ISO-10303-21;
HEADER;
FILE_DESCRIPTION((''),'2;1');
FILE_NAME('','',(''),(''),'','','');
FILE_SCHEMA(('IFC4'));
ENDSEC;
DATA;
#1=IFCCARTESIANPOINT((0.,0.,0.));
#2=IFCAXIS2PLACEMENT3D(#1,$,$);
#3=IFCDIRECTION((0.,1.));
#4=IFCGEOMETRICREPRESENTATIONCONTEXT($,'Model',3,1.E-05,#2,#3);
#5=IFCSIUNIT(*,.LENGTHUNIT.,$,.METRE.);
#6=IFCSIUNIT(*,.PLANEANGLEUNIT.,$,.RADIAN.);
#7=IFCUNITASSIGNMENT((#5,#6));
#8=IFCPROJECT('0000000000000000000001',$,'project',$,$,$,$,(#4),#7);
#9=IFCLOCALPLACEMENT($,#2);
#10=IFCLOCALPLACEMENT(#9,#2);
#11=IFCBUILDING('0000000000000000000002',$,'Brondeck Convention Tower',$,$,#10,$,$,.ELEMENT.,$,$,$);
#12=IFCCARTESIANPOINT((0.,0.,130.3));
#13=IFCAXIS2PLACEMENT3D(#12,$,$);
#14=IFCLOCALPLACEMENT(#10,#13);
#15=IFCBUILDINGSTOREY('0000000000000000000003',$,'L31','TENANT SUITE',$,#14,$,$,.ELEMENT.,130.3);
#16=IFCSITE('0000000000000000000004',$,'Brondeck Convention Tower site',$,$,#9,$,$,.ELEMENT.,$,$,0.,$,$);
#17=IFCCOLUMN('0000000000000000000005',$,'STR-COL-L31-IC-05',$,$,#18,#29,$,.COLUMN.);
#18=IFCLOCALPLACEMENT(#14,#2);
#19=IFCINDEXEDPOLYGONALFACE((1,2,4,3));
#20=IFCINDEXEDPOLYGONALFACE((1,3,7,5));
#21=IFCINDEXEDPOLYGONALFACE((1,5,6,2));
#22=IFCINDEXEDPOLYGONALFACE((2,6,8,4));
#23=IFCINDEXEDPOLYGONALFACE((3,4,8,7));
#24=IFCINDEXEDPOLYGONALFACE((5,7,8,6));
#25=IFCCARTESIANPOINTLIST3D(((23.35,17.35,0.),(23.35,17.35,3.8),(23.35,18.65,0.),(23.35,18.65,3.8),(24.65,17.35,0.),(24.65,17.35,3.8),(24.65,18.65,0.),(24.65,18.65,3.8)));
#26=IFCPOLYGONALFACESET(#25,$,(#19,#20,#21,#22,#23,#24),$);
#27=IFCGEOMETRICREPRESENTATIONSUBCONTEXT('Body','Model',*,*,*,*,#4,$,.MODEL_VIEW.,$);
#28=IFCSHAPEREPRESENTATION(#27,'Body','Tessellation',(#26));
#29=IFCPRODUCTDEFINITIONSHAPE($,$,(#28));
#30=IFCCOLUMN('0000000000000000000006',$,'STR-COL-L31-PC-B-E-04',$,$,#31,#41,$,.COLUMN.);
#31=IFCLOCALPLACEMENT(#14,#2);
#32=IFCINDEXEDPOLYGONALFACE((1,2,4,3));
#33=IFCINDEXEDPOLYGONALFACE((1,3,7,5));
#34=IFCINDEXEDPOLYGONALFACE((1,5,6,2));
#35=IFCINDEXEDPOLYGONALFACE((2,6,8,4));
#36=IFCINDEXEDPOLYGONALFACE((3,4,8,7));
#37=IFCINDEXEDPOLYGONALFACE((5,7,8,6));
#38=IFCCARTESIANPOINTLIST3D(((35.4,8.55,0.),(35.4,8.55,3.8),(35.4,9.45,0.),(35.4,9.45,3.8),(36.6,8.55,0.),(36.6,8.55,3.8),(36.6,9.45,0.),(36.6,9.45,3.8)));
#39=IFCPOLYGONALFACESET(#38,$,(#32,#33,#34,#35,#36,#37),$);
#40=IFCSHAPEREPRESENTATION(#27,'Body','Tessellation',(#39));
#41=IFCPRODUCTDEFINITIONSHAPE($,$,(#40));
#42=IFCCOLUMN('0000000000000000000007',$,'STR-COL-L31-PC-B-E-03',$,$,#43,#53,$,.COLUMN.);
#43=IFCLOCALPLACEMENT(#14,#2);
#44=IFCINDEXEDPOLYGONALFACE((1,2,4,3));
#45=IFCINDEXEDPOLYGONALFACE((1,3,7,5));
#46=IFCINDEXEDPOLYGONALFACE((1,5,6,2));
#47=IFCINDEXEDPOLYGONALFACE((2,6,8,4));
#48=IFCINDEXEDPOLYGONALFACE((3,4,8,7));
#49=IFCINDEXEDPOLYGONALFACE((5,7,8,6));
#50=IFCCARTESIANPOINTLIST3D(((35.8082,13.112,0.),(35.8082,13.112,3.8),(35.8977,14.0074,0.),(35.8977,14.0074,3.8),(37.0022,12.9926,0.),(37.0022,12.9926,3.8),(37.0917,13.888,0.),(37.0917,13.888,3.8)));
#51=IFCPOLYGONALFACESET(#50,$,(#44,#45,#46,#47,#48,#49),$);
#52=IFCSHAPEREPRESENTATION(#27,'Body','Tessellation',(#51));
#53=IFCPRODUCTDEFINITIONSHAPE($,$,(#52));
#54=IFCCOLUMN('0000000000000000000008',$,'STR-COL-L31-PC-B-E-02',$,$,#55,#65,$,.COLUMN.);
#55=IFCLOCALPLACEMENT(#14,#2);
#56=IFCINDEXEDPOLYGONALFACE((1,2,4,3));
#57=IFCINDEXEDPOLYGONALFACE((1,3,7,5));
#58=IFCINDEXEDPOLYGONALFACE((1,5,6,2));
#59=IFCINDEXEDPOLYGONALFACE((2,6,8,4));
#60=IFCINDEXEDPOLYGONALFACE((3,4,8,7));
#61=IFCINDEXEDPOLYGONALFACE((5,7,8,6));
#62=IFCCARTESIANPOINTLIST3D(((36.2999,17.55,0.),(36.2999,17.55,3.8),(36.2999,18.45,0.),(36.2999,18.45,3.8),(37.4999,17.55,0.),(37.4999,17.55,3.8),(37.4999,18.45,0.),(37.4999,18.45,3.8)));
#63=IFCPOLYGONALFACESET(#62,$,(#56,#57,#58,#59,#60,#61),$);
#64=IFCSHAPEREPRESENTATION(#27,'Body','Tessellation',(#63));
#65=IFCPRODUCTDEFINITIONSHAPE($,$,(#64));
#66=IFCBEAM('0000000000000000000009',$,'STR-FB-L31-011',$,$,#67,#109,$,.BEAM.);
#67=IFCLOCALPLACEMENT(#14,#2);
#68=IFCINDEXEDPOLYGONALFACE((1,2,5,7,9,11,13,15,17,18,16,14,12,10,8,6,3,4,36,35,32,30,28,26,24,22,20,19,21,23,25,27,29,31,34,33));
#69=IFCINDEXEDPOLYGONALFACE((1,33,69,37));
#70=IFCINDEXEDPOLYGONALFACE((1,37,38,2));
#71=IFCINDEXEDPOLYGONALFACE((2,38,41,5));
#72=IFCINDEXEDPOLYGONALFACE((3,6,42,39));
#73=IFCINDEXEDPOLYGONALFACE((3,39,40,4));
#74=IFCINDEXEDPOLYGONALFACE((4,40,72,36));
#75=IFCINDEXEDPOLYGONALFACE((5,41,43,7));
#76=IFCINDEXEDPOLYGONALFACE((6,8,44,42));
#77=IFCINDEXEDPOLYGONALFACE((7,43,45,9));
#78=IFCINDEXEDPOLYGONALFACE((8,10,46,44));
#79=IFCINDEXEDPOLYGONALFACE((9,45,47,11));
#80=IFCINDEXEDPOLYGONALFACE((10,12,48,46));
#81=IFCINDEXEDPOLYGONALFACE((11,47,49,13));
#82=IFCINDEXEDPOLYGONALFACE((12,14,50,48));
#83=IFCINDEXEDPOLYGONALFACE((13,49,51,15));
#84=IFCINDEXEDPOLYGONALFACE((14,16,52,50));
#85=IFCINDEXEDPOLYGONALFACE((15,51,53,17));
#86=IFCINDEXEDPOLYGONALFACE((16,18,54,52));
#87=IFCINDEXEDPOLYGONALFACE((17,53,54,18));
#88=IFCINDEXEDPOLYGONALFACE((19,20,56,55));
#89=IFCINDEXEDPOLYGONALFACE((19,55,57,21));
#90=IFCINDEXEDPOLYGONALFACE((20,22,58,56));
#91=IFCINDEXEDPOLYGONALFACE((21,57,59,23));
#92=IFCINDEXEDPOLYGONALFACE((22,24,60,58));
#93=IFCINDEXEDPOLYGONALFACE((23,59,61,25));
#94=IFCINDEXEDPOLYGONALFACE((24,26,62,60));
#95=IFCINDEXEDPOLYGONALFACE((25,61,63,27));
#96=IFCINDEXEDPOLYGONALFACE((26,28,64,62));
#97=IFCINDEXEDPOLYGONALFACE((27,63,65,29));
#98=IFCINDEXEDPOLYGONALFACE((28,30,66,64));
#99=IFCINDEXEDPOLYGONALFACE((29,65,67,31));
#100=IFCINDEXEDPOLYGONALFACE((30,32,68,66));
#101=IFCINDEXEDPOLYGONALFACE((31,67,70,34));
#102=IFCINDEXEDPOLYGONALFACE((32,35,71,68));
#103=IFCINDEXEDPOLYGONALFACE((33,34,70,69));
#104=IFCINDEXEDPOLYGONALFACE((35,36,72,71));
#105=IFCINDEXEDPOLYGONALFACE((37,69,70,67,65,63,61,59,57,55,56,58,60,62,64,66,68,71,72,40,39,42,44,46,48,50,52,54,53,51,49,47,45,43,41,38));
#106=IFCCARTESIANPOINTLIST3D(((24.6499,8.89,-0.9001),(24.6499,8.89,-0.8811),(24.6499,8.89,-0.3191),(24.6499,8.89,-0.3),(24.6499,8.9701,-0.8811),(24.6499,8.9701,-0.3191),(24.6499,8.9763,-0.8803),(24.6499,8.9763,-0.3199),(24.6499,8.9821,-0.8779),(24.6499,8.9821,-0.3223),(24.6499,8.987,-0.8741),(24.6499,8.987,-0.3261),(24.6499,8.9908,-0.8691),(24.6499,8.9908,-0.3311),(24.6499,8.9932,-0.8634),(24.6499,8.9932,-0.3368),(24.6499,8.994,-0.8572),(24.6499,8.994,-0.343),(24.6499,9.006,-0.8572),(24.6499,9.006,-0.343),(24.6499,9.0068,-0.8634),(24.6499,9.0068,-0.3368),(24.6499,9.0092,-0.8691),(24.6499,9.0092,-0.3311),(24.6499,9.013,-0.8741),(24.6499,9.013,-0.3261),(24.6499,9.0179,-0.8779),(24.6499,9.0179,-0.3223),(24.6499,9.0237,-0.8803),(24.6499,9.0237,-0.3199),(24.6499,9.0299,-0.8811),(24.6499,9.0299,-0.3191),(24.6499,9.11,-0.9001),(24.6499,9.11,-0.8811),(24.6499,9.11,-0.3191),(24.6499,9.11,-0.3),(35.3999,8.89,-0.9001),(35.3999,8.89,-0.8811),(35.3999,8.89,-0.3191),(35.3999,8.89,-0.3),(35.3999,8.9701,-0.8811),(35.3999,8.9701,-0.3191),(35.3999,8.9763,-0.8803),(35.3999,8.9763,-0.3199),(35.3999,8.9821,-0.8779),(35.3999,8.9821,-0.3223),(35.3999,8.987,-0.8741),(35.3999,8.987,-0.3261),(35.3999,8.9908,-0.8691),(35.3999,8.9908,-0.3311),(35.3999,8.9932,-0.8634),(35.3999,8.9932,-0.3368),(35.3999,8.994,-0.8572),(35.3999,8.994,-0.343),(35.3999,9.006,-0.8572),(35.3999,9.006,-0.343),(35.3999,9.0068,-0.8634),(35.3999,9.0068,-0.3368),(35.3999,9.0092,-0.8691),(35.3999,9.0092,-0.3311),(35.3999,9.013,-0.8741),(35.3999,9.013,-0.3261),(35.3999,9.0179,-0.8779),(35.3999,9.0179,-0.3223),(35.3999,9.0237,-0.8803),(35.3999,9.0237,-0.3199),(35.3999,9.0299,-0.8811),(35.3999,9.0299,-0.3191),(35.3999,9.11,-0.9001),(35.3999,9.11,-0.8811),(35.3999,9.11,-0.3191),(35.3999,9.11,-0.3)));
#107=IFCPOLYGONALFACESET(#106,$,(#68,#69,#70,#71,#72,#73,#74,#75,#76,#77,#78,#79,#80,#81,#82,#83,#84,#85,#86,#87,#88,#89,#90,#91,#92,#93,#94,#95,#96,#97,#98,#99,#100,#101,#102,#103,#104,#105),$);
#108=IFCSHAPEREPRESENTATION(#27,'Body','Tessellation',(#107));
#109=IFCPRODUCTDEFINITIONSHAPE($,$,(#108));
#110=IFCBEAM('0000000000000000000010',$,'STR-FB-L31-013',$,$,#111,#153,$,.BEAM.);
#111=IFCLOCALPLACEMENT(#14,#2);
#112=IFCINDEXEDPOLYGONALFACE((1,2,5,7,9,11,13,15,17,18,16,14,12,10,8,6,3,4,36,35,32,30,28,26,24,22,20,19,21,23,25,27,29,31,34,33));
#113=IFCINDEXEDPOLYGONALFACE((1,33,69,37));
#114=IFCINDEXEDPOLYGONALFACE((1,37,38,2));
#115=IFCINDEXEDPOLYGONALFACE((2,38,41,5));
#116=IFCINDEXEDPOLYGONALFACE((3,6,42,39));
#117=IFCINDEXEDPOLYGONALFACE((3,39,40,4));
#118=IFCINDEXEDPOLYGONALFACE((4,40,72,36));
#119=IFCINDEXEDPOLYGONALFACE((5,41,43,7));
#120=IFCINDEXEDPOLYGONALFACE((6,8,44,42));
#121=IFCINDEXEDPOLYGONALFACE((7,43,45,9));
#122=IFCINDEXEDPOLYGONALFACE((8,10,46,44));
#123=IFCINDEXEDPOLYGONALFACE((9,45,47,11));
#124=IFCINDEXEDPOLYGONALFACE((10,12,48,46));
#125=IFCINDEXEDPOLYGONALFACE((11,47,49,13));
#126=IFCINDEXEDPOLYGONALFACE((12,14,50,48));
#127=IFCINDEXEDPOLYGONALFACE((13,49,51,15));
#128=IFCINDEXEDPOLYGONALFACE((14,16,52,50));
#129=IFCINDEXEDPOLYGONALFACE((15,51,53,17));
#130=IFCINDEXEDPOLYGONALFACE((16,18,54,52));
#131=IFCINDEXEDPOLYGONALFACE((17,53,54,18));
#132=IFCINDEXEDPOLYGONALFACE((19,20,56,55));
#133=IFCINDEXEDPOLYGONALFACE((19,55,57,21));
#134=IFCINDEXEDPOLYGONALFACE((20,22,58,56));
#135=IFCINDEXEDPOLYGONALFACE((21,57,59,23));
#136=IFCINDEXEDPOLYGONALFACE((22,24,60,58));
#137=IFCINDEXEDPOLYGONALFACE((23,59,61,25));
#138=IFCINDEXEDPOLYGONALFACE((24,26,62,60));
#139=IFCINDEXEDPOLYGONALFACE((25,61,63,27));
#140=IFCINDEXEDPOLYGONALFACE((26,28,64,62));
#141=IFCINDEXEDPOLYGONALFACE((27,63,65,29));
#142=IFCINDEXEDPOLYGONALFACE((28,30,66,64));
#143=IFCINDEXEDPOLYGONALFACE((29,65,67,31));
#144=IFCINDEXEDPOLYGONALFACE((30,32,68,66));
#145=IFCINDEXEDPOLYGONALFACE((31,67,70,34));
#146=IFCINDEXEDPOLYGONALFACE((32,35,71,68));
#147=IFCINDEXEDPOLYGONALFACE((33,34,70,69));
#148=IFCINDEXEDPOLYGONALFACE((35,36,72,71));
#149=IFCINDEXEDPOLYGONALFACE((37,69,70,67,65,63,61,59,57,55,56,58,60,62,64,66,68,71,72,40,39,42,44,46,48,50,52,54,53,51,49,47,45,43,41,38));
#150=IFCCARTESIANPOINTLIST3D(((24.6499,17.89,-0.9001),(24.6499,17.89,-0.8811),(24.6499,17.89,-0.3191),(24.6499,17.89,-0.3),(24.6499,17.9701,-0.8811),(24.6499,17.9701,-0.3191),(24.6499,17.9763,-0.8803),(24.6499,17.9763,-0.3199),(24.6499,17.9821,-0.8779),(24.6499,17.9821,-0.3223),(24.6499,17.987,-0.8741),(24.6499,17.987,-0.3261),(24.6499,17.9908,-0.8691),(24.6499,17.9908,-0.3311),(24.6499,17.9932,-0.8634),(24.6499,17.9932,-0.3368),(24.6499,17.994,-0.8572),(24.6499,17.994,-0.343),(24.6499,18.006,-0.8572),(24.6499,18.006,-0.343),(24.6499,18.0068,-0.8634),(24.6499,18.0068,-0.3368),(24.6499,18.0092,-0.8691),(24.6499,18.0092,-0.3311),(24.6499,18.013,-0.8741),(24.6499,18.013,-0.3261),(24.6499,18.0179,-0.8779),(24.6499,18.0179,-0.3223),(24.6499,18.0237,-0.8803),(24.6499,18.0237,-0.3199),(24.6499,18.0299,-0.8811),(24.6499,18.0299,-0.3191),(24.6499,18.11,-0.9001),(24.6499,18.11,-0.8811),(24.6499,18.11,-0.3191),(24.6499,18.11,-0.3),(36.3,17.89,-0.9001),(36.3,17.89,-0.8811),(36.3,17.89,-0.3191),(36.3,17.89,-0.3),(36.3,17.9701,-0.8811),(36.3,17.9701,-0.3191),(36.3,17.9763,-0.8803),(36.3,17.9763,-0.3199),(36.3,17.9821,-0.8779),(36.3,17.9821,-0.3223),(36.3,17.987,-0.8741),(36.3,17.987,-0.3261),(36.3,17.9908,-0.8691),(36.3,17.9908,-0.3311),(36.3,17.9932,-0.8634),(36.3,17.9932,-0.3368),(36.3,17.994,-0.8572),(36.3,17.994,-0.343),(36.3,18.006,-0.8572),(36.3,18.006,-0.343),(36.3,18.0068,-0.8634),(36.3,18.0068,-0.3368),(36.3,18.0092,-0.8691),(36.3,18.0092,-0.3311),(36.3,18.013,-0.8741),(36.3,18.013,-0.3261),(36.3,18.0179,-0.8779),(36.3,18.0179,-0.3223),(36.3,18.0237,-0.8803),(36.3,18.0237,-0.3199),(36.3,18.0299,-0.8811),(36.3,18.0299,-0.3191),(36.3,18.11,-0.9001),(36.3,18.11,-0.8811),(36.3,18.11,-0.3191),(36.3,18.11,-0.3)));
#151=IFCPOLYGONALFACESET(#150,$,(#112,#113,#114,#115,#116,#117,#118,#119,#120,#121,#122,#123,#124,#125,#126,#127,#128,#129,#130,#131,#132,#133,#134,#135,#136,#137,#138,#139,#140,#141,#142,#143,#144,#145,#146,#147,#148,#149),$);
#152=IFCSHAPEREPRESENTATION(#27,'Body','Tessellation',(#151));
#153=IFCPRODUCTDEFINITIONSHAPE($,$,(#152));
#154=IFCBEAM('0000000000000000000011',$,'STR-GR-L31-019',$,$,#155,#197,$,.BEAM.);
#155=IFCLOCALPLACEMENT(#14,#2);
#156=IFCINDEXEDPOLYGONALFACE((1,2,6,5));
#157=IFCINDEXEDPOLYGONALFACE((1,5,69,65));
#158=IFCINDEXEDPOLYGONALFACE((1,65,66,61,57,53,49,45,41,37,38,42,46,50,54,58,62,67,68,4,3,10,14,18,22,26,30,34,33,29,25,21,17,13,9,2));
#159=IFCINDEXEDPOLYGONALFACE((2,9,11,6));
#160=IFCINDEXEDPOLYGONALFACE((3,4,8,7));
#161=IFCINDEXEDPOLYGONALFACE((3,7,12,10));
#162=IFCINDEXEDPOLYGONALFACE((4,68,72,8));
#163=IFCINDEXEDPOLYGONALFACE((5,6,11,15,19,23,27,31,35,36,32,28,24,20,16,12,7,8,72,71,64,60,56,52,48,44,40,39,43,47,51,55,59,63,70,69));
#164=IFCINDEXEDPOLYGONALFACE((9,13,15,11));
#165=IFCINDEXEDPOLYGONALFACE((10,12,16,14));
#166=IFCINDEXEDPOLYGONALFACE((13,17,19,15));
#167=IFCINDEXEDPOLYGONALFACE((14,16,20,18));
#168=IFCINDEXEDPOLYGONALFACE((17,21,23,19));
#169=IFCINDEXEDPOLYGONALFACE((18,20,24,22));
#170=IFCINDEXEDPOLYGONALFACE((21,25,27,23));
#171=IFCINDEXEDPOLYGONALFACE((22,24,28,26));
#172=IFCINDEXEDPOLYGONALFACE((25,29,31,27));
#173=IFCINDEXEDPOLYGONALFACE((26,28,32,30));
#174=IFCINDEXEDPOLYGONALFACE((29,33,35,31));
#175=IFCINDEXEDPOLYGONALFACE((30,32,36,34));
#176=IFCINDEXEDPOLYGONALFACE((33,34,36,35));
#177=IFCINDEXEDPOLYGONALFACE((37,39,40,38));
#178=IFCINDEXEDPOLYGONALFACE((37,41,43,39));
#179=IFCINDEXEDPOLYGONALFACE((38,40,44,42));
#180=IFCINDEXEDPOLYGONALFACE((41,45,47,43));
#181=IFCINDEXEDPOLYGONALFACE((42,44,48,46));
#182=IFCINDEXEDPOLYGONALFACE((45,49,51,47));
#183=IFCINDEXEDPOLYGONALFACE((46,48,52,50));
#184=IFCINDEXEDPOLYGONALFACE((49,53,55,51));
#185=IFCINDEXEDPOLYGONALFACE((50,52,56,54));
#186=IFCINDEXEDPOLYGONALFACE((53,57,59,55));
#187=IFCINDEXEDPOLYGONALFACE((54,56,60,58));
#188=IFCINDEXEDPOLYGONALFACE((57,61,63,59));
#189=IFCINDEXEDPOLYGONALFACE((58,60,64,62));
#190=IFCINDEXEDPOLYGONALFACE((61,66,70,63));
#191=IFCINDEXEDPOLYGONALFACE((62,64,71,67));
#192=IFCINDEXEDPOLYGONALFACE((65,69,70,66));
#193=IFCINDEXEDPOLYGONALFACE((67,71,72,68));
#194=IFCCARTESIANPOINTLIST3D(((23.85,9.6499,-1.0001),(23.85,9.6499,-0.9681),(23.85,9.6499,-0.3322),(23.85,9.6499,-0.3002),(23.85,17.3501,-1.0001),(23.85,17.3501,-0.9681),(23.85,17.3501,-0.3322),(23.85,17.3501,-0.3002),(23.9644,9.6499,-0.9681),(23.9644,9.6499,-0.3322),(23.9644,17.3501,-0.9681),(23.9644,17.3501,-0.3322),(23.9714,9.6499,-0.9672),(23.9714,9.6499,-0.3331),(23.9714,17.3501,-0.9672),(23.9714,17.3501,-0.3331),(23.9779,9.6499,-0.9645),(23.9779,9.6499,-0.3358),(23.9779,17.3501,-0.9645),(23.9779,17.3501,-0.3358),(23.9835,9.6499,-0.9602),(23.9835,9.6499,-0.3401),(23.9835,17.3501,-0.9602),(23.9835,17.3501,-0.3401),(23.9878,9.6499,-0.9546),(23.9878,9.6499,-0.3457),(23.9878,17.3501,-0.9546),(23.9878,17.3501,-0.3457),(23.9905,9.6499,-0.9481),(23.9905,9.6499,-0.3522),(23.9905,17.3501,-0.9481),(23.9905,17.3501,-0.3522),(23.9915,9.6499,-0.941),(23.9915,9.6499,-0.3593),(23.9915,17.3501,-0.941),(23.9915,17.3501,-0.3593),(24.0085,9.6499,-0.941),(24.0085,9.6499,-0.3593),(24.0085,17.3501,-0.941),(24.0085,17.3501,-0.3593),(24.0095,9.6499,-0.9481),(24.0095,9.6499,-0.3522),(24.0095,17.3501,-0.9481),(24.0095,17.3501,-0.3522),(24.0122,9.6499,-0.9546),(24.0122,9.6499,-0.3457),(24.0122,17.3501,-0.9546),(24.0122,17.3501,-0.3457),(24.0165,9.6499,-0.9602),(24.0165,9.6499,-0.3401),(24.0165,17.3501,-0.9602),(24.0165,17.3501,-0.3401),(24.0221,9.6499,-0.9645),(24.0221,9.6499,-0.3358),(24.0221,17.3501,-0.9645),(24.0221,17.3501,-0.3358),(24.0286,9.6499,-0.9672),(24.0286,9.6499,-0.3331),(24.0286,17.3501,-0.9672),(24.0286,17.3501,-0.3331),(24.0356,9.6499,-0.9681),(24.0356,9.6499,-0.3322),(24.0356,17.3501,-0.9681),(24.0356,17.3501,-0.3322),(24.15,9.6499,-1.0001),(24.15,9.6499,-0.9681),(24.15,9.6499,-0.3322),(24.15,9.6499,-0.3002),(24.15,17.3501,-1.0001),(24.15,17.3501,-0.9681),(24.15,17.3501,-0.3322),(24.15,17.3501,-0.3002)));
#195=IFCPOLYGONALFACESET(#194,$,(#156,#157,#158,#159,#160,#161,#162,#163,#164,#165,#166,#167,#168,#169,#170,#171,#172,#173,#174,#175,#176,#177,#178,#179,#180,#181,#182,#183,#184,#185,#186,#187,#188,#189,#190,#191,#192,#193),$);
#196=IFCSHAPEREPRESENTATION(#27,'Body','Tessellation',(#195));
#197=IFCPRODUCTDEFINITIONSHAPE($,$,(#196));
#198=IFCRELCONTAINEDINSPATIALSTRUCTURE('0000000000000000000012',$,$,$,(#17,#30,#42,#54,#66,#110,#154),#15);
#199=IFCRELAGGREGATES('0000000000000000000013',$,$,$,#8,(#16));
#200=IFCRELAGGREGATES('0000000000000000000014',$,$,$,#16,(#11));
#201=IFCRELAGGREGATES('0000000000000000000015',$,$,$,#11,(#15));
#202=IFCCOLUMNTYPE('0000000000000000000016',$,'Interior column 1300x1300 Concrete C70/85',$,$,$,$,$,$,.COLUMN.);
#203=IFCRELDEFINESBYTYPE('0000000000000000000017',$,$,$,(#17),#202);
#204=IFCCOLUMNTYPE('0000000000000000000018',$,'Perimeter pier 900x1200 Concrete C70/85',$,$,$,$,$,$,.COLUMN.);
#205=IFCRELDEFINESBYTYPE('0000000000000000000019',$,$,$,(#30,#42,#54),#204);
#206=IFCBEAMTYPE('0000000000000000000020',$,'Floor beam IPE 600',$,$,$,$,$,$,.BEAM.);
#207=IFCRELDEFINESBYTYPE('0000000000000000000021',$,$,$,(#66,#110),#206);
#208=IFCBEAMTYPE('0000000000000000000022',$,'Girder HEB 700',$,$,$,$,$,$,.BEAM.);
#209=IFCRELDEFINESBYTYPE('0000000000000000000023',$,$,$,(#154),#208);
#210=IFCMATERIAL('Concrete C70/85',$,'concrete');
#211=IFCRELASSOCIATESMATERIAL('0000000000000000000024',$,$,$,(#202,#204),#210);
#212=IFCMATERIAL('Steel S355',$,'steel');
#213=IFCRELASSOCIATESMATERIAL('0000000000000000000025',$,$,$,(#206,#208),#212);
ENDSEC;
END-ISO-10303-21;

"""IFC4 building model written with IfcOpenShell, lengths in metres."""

from ifc_helpers import new_model, si_unit, direction, frame, origin, origin_2d, place, context, subcontext, project, spatial, rectangle, i_section, extrude, material, material_profile, profile_set, type_object, element, save


model = new_model("IFC4")

# Units and contexts
model_context = context("Model", 3, precision=1e-05, world=origin(), true_north=direction((0.0, 1.0)))
body_context = subcontext(model_context, "Body", "Model", "MODEL_VIEW")
ifc_project = project(units=[si_unit("LENGTHUNIT", "METRE"), si_unit("PLANEANGLEUNIT", "RADIAN")], contexts=[model_context])

# Site, building, storey
site_placement = place(None, origin())
site = spatial("IfcSite", under=ifc_project, at=site_placement, Name="Brondeck Convention Tower site", CompositionType="ELEMENT", RefElevation=0.0)
building_placement = place(site_placement, origin())
building = spatial("IfcBuilding", under=site, at=building_placement, Name="Brondeck Convention Tower", CompositionType="ELEMENT")
storey_placement = place(building_placement, frame((0.0, 0.0, 130.3)))
storey = spatial("IfcBuildingStorey", under=building, at=storey_placement, Name="L31", Description="TENANT SUITE", CompositionType="ELEMENT", Elevation=130.3)

# Columns
ifc_material_1 = material(Name="Concrete C70/85", Category="concrete")
ifc_material_profile_1 = material_profile(ifc_material_1, rectangle(XDim=1.3, YDim=1.3, at=origin_2d()), Name="Interior column 1300x1300 Concrete C70/85")
ifc_profile_set_1 = profile_set([ifc_material_profile_1], Name="Concrete C70/85")
column_type_1 = type_object("IfcColumnType", Name="Interior column 1300x1300 Concrete C70/85", PredefinedType="COLUMN", material=ifc_profile_set_1)
column_placement = place(storey_placement, frame((24.0, 18.0, 0.0), z_axis=(0.0, 0.0, 1.0), x_axis=(1.0, 0.0, 0.0)))
element("IfcColumn", 1, at=column_placement, inside=storey, type_object=column_type_1, Name="STR-COL-L31-IC-05", PredefinedType="COLUMN", context=body_context, shape_type="SweptSolid", body=[
    extrude(rectangle(XDim=1.3, YDim=1.3, at=origin_2d()), origin(), (0.0, 0.0, 1.0), 3.8),
])
ifc_material_profile_2 = material_profile(ifc_material_1, rectangle(XDim=0.8999, YDim=1.2, at=origin_2d()), Name="Perimeter pier 900x1200 Concrete C70/85")
ifc_profile_set_2 = profile_set([ifc_material_profile_2], Name="Concrete C70/85")
column_type_2 = type_object("IfcColumnType", Name="Perimeter pier 900x1200 Concrete C70/85", PredefinedType="COLUMN", material=ifc_profile_set_2)
for number, where, z_axis, x_axis, name in (
    (2, (36.0, 9.0, 0.0), (0.0, 0.0, 1.0), (0.0, 1.0, 0.0), "STR-COL-L31-PC-B-E-04"),
    (3, (36.45, 13.5, 0.0), (0.0, 0.0, 1.0), (0.099504, 0.995037, 0.0), "STR-COL-L31-PC-B-E-03"),
    (4, (36.8999, 18.0, 0.0), (0.0, 0.0, 1.0), (0.0, 1.0, 0.0), "STR-COL-L31-PC-B-E-02"),
):
    element("IfcColumn", number, at=place(storey_placement, frame(where, z_axis=z_axis, x_axis=x_axis)), inside=storey, type_object=column_type_2, Name=name, PredefinedType="COLUMN", context=body_context, shape_type="SweptSolid", body=[
        extrude(rectangle(XDim=0.8999, YDim=1.2, at=origin_2d()), origin(), (0.0, 0.0, 1.0), 3.8),
    ])

# Beams
ifc_material_2 = material(Name="Steel S355", Category="steel")
ifc_material_profile_3 = material_profile(ifc_material_2, i_section(OverallWidth=0.22, OverallDepth=0.6001, WebThickness=0.012, FlangeThickness=0.019, FilletRadius=0.0239, at=origin_2d()), Name="IPE 600")
ifc_profile_set_3 = profile_set([ifc_material_profile_3], Name="Steel S355")
beam_type_1 = type_object("IfcBeamType", Name="Floor beam IPE 600", PredefinedType="BEAM", material=ifc_profile_set_3)
beam_1_placement = place(storey_placement, frame((24.6499, 9.0, -0.6001), z_axis=(1.0, 0.0, 0.0), x_axis=(0.0, 1.0, 0.0)))
element("IfcBeam", 5, at=beam_1_placement, inside=storey, type_object=beam_type_1, Name="STR-FB-L31-011", PredefinedType="BEAM", context=body_context, shape_type="SweptSolid", body=[
    extrude(i_section(OverallWidth=0.22, OverallDepth=0.6001, WebThickness=0.012, FlangeThickness=0.019, FilletRadius=0.0239, at=origin_2d()), origin(), (0.0, 0.0, 1.0), 10.75),
])
beam_2_placement = place(storey_placement, frame((24.6499, 18.0, -0.6001), z_axis=(1.0, 0.0, 0.0), x_axis=(0.0, 1.0, 0.0)))
element("IfcBeam", 6, at=beam_2_placement, inside=storey, type_object=beam_type_1, Name="STR-FB-L31-013", PredefinedType="BEAM", context=body_context, shape_type="SweptSolid", body=[
    extrude(i_section(OverallWidth=0.22, OverallDepth=0.6001, WebThickness=0.012, FlangeThickness=0.019, FilletRadius=0.0239, at=origin_2d()), origin(), (0.0, 0.0, 1.0), 11.6501),
])
ifc_material_profile_4 = material_profile(ifc_material_2, i_section(OverallWidth=0.3, OverallDepth=0.7, WebThickness=0.0171, FlangeThickness=0.032, FilletRadius=0.0271, at=origin_2d()), Name="HEB 700")
ifc_profile_set_4 = profile_set([ifc_material_profile_4], Name="Steel S355")
beam_type_2 = type_object("IfcBeamType", Name="Girder HEB 700", PredefinedType="BEAM", material=ifc_profile_set_4)
beam_3_placement = place(storey_placement, frame((24.0, 17.3501, -0.6501), z_axis=(0.0, -1.0, 0.0), x_axis=(1.0, 0.0, 0.0)))
element("IfcBeam", 7, at=beam_3_placement, inside=storey, type_object=beam_type_2, Name="STR-GR-L31-019", PredefinedType="BEAM", context=body_context, shape_type="SweptSolid", body=[
    extrude(i_section(OverallWidth=0.3, OverallDepth=0.7, WebThickness=0.0171, FlangeThickness=0.032, FilletRadius=0.0271, at=origin_2d()), origin(), (0.0, 0.0, 1.0), 7.7002),
])

save(model, "model.ifc")
